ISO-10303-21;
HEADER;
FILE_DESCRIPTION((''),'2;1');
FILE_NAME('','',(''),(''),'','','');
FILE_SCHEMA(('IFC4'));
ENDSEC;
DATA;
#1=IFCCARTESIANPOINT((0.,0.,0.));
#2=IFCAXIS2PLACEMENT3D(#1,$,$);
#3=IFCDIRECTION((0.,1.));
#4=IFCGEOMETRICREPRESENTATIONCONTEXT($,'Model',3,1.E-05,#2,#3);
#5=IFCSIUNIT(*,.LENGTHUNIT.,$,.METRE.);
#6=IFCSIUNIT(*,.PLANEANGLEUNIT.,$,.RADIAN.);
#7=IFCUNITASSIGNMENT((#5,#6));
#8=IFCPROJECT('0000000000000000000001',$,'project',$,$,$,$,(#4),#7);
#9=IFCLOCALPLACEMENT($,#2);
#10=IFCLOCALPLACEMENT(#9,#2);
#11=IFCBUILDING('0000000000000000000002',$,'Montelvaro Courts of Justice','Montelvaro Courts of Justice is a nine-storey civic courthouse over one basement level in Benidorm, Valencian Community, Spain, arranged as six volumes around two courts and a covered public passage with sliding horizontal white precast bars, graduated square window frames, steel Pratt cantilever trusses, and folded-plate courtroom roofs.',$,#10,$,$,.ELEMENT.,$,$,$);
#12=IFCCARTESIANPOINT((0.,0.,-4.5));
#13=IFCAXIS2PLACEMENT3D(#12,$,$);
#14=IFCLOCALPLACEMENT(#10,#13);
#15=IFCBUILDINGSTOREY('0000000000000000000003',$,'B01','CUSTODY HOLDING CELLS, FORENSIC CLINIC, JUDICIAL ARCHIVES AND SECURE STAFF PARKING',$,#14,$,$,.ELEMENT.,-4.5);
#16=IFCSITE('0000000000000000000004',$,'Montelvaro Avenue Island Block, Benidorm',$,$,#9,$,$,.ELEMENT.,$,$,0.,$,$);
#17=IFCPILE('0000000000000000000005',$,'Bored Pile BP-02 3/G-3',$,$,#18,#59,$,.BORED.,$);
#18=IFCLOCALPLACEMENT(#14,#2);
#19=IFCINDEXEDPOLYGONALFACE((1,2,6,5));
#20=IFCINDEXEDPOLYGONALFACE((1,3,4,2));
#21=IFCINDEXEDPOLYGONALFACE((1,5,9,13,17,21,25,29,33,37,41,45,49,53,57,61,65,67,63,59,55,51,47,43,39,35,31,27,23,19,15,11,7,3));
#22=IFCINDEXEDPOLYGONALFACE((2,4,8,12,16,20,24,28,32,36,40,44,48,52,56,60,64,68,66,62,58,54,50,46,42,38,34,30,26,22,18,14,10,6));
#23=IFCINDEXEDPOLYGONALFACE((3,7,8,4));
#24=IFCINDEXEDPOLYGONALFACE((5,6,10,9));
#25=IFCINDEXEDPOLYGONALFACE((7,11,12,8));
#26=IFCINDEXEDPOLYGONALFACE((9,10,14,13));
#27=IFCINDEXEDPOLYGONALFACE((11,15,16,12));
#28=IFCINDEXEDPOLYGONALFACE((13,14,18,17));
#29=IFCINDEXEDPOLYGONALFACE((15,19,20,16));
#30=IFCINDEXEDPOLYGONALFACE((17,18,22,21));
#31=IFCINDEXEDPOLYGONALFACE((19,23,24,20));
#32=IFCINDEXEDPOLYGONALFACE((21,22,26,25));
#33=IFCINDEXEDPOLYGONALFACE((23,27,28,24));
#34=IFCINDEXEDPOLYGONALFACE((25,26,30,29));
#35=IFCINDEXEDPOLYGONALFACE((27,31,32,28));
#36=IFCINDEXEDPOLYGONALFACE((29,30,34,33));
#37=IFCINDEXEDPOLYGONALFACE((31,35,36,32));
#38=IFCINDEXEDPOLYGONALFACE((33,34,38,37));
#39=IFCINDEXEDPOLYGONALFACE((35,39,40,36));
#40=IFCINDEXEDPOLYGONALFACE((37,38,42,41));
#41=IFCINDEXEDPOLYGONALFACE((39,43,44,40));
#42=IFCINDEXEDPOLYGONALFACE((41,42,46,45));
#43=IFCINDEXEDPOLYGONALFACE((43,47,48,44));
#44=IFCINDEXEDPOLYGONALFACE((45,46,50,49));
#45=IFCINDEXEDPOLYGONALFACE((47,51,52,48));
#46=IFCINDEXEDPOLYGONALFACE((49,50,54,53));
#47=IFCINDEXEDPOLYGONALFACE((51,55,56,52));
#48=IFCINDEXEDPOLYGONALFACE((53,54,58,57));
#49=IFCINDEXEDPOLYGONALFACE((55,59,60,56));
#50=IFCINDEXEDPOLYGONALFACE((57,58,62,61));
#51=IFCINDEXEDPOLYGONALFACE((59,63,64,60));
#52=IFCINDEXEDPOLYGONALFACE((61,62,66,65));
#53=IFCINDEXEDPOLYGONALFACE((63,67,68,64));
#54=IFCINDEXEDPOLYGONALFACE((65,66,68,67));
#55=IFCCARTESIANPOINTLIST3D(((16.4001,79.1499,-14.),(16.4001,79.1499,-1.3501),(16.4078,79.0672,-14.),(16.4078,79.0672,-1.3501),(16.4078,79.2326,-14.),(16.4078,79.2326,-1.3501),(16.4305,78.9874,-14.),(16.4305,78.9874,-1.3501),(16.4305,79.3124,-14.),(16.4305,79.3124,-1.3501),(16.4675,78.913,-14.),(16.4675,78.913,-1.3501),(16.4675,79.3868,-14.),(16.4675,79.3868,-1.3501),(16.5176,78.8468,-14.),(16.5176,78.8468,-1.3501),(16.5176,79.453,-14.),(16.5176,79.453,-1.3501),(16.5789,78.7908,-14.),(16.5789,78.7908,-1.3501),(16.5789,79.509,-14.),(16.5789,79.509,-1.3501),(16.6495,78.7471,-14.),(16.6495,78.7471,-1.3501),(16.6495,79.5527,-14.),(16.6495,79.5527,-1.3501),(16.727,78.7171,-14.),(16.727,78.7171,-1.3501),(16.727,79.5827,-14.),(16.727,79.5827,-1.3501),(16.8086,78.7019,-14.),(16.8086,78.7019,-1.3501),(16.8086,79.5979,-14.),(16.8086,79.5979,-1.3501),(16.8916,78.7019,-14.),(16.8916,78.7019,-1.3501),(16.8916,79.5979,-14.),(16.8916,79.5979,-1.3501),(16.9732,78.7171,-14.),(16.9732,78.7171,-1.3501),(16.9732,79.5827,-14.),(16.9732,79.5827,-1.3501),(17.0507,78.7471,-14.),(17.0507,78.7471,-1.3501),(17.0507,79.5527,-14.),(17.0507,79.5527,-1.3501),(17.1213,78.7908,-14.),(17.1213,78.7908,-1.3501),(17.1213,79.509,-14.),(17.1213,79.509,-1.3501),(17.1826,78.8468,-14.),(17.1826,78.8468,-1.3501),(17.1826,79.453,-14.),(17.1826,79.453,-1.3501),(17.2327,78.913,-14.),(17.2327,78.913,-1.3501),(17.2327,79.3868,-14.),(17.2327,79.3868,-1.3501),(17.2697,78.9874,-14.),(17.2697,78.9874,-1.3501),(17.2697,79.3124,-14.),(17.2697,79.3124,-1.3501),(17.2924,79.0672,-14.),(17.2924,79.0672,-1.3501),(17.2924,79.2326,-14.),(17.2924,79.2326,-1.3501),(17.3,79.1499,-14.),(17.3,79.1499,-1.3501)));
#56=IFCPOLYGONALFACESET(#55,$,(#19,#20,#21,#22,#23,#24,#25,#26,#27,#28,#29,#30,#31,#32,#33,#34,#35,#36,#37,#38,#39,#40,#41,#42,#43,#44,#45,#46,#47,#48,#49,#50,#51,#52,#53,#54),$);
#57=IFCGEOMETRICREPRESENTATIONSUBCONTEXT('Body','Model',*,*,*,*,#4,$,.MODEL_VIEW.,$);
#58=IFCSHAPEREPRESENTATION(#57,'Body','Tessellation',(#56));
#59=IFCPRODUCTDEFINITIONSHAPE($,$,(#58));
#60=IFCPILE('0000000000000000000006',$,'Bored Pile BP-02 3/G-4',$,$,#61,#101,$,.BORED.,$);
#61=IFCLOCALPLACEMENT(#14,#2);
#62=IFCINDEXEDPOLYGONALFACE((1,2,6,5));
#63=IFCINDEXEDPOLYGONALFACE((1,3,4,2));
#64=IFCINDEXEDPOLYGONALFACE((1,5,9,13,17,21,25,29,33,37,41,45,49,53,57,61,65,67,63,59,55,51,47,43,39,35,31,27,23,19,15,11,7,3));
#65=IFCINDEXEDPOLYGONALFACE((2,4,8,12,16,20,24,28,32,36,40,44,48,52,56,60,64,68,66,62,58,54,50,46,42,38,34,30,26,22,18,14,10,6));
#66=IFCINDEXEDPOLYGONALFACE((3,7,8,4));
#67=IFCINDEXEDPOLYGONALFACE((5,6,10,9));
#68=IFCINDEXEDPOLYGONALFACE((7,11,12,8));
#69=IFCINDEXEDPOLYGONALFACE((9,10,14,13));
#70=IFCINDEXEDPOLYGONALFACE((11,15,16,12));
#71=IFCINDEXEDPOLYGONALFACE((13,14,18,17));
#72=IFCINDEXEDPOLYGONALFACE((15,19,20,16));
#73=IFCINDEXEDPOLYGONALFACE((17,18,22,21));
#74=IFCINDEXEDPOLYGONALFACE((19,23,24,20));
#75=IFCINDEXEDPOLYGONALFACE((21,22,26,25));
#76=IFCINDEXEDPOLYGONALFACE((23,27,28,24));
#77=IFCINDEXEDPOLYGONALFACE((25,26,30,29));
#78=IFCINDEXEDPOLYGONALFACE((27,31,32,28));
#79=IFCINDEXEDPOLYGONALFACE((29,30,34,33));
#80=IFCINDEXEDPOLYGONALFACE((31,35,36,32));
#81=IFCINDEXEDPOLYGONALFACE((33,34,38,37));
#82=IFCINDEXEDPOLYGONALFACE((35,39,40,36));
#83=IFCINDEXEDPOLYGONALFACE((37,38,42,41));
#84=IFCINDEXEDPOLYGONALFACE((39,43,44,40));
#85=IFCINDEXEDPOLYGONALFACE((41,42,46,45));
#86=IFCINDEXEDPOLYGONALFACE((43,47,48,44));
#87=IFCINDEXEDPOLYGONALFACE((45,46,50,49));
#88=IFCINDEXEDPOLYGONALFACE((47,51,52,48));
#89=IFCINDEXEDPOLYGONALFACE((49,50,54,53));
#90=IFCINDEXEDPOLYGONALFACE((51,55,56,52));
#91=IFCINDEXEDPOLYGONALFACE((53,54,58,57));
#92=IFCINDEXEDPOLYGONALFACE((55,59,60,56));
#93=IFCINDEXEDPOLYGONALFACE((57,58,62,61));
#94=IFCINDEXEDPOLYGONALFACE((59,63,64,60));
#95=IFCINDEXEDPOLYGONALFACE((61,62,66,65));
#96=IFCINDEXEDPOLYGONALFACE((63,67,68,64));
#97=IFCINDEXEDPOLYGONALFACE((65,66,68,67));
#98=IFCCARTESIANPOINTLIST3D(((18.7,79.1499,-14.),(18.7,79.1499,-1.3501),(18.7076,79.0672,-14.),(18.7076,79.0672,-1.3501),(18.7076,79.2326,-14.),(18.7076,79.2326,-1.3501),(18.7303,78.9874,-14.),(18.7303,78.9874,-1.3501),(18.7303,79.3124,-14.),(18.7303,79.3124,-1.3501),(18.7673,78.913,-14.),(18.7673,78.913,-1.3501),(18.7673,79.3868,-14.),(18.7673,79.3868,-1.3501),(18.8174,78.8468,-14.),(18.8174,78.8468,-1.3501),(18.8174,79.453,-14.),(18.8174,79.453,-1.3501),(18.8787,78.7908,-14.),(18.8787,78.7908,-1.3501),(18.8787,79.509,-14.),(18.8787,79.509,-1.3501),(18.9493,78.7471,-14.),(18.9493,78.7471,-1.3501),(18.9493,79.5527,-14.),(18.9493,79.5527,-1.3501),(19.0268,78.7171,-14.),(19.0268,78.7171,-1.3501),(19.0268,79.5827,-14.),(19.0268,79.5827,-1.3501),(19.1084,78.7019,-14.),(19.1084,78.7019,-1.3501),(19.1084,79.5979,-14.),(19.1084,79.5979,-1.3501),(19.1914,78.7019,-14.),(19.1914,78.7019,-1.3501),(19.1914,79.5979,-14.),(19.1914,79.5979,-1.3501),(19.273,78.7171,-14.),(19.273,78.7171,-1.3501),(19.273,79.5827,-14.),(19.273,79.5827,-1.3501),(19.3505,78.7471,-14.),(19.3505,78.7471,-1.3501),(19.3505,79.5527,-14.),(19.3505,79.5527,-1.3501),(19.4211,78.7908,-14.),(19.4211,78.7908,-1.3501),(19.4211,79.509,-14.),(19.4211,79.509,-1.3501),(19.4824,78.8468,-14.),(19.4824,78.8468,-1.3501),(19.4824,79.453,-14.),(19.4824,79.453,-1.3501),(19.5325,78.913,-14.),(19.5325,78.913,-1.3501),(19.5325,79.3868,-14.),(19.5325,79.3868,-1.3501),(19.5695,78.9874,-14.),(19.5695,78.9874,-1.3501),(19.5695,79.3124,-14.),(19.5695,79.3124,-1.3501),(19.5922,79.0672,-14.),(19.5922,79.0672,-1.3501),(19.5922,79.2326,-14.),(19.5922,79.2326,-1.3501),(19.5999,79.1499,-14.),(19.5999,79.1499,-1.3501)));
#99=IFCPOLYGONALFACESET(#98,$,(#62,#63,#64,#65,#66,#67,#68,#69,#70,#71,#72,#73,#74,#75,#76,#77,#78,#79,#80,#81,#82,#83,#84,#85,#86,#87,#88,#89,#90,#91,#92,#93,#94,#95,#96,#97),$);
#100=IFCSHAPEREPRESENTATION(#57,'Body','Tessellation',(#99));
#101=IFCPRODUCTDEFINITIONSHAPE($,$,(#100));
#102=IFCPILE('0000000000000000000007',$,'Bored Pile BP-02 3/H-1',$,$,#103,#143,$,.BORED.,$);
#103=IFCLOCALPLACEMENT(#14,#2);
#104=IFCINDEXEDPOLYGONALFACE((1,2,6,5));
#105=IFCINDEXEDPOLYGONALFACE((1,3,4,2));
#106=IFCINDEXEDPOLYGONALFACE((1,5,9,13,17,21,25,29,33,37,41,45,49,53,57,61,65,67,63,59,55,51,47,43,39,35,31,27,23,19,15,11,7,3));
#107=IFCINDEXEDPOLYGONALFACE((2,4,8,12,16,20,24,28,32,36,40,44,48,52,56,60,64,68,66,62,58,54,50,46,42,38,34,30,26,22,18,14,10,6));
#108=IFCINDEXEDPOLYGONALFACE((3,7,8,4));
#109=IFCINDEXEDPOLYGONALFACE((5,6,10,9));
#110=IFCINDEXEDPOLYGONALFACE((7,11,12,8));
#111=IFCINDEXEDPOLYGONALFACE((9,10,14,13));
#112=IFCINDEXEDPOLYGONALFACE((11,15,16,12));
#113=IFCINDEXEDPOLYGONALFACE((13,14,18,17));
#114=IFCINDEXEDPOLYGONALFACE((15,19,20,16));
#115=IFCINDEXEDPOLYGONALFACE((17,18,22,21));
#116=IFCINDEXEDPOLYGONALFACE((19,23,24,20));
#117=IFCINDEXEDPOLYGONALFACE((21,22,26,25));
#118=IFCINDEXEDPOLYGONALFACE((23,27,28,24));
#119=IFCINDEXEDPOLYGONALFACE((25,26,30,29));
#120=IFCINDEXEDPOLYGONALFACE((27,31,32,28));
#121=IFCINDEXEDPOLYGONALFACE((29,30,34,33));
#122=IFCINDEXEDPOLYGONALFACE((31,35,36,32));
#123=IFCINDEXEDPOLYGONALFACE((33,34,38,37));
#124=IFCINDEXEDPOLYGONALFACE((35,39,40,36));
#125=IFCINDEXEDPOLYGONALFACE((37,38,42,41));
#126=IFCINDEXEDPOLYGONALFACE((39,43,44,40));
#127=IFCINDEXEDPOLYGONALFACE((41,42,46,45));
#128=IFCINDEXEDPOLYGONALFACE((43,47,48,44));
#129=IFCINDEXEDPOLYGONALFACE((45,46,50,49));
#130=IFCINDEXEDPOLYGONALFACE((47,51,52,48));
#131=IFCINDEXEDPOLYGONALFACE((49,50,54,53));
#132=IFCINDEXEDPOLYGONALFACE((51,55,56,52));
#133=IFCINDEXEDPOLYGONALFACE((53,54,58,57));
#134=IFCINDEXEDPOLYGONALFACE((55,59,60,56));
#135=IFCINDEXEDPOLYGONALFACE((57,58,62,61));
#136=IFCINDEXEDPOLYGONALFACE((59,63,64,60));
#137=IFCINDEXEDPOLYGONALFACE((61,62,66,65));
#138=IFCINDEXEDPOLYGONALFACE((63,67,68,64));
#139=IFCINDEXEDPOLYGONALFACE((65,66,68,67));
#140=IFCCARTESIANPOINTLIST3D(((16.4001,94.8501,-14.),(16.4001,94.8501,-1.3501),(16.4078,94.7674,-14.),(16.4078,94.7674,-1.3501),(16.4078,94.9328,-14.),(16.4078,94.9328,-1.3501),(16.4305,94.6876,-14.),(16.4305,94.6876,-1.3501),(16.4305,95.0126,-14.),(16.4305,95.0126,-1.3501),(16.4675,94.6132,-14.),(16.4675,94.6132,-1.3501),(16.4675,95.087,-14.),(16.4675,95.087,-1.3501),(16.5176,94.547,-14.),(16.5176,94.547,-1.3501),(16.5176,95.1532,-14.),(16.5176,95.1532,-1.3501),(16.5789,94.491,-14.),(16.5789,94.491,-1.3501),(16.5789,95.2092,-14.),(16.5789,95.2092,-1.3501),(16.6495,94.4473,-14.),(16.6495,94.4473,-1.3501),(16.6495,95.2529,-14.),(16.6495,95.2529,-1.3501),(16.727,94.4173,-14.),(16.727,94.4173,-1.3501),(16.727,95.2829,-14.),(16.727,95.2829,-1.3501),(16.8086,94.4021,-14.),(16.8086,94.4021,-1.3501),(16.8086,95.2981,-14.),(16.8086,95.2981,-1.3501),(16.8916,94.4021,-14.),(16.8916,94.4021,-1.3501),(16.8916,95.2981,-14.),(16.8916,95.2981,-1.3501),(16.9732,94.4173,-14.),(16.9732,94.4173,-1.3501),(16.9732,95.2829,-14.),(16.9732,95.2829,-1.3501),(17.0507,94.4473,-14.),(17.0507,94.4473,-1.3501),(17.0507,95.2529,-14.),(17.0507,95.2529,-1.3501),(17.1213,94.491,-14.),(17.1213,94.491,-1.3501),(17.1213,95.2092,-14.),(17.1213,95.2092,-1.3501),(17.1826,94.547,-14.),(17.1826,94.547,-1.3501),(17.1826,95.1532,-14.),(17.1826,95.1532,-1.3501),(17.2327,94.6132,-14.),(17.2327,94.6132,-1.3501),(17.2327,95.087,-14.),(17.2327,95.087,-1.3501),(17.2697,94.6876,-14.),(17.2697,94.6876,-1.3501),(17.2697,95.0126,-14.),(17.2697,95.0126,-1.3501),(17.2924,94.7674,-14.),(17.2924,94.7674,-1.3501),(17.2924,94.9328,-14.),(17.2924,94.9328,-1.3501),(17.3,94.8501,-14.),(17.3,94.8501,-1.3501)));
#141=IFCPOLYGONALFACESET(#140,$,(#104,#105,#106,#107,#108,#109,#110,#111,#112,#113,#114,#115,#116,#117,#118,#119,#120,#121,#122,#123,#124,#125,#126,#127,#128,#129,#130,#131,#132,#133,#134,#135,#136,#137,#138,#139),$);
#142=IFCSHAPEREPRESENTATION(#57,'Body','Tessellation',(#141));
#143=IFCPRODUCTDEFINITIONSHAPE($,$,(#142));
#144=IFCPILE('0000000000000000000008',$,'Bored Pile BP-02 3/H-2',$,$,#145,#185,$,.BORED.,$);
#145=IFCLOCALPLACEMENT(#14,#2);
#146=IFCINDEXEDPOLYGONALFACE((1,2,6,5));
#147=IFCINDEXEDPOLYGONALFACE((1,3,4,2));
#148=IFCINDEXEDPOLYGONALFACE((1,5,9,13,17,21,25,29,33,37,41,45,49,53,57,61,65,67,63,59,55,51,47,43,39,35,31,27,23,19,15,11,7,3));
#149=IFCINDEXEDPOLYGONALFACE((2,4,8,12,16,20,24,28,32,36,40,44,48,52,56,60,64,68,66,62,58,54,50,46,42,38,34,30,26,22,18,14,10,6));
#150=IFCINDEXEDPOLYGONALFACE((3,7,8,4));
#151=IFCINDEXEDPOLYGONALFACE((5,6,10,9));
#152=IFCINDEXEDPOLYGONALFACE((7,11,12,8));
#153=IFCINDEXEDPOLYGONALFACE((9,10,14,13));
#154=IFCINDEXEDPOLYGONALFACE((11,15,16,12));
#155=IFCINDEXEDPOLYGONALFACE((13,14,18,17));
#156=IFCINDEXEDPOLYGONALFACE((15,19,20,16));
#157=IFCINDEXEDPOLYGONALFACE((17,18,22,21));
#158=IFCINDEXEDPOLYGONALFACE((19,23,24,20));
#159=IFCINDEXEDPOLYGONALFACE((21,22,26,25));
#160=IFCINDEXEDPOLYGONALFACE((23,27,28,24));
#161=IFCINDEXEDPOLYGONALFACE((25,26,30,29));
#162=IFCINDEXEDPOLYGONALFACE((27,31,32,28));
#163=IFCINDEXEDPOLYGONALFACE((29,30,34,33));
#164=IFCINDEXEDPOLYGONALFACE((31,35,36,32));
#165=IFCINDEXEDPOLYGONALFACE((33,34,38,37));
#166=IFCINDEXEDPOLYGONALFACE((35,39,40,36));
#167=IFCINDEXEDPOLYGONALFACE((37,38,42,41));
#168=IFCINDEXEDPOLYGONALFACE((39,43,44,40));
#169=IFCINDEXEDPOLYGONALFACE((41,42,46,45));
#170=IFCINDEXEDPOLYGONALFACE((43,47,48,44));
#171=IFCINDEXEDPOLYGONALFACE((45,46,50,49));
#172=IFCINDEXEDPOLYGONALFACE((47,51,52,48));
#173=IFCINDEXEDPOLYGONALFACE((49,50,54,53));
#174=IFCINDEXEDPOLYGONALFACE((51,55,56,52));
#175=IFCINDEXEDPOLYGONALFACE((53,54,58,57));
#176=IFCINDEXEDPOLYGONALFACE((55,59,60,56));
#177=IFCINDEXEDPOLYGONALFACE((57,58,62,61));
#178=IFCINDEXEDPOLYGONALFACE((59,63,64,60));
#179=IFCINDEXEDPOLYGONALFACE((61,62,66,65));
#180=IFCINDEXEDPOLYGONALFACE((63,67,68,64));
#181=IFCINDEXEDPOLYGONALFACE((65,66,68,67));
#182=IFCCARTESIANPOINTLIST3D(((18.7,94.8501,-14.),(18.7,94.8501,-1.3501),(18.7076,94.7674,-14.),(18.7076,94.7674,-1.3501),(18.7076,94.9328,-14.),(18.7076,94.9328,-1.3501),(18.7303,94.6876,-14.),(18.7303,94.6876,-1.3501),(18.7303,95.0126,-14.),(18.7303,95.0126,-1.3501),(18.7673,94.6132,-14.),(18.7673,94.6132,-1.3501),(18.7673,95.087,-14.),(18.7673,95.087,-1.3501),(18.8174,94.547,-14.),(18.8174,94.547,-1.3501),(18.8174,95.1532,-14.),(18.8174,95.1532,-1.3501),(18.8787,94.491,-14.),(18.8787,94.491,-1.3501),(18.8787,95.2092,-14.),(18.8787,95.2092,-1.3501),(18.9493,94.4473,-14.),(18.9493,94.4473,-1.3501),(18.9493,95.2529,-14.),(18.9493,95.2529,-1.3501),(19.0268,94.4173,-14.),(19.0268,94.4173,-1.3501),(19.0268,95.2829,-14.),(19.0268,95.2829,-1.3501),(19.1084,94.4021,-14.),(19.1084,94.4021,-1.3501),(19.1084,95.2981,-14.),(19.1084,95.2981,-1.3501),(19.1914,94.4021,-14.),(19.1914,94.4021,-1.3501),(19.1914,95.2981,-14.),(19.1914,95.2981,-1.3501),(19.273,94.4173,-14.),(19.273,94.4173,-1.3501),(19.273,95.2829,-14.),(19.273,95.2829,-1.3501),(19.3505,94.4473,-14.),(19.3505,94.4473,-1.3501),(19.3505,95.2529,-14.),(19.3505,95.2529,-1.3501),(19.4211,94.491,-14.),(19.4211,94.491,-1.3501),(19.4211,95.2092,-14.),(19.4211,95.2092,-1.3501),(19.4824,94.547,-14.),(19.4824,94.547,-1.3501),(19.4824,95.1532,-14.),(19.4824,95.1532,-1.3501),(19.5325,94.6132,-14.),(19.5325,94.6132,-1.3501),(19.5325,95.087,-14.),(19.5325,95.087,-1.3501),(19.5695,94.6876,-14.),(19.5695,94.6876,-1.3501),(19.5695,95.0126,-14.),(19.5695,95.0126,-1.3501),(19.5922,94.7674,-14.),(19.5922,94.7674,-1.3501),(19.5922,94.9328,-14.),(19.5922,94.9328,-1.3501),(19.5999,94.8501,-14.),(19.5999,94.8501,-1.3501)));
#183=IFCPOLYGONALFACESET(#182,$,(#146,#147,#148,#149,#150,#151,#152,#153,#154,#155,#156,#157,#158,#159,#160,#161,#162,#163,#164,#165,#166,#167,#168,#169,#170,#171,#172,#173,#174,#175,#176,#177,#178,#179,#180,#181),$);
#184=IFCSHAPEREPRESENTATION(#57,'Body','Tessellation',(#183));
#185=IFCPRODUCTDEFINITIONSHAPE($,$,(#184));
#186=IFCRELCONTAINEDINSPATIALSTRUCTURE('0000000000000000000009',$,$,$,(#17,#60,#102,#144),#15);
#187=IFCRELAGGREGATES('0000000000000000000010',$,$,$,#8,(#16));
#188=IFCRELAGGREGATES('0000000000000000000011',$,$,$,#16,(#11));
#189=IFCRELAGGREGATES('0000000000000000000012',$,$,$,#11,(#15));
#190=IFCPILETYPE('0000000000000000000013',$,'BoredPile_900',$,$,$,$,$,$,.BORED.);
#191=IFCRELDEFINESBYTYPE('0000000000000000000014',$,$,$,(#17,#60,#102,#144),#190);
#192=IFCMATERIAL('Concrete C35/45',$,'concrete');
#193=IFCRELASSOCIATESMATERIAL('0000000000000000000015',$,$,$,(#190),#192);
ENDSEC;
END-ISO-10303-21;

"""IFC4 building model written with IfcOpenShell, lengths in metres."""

from ifc_helpers import new_model, si_unit, direction, frame, origin, origin_2d, place, context, subcontext, project, spatial, circle, extrude, material, material_profile, profile_set, type_object, element, save


model = new_model("IFC4")

# Units and contexts
model_context = context("Model", 3, precision=1e-05, world=origin(), true_north=direction((0.0, 1.0)))
body_context = subcontext(model_context, "Body", "Model", "MODEL_VIEW")
ifc_project = project(units=[si_unit("LENGTHUNIT", "METRE"), si_unit("PLANEANGLEUNIT", "RADIAN")], contexts=[model_context])

# Site, building, storey
site_placement = place(None, origin())
site = spatial("IfcSite", under=ifc_project, at=site_placement, Name="Montelvaro Avenue Island Block, Benidorm", CompositionType="ELEMENT", RefElevation=0.0)
building_placement = place(site_placement, origin())
building = spatial("IfcBuilding", under=site, at=building_placement, Name="Montelvaro Courts of Justice", Description="Montelvaro Courts of Justice is a nine-storey civic courthouse over one basement level in Benidorm, Valencian Community, Spain, arranged as six volumes around two courts and a covered public passage with sliding horizontal white precast bars, graduated square window frames, steel Pratt cantilever trusses, and folded-plate courtroom roofs.", CompositionType="ELEMENT")
storey_placement = place(building_placement, frame((0.0, 0.0, -4.5)))
storey = spatial("IfcBuildingStorey", under=building, at=storey_placement, Name="B01", Description="CUSTODY HOLDING CELLS, FORENSIC CLINIC, JUDICIAL ARCHIVES AND SECURE STAFF PARKING", CompositionType="ELEMENT", Elevation=-4.5)

# Piles
ifc_material_1 = material(Name="Concrete C35/45", Category="concrete")
ifc_material_profile_1 = material_profile(ifc_material_1, circle(Radius=0.45, at=origin_2d()), Name="BORED PILE D900")
ifc_profile_set_1 = profile_set([ifc_material_profile_1], Name="Concrete C35/45")
pile_type_1 = type_object("IfcPileType", Name="BoredPile_900", PredefinedType="BORED", material=ifc_profile_set_1)
for number, where, z_axis, x_axis, name in (
    (1, (16.8501, 79.1499, -1.3501), (0.0, 0.0, -1.0), (1.0, 0.0, 0.0), "Bored Pile BP-02 3/G-3"),
    (2, (19.1499, 79.1499, -1.3501), (0.0, 0.0, -1.0), (1.0, 0.0, 0.0), "Bored Pile BP-02 3/G-4"),
    (3, (16.8501, 94.8501, -1.3501), (0.0, 0.0, -1.0), (1.0, 0.0, 0.0), "Bored Pile BP-02 3/H-1"),
    (4, (19.1499, 94.8501, -1.3501), (0.0, 0.0, -1.0), (1.0, 0.0, 0.0), "Bored Pile BP-02 3/H-2"),
):
    element("IfcPile", number, at=place(storey_placement, frame(where, z_axis=z_axis, x_axis=x_axis)), inside=storey, type_object=pile_type_1, Name=name, PredefinedType="BORED", context=body_context, shape_type="SweptSolid", body=[
        extrude(circle(Radius=0.45, at=origin_2d()), origin(), (0.0, 0.0, 1.0), 12.6499),
    ])

save(model, "model.ifc")
